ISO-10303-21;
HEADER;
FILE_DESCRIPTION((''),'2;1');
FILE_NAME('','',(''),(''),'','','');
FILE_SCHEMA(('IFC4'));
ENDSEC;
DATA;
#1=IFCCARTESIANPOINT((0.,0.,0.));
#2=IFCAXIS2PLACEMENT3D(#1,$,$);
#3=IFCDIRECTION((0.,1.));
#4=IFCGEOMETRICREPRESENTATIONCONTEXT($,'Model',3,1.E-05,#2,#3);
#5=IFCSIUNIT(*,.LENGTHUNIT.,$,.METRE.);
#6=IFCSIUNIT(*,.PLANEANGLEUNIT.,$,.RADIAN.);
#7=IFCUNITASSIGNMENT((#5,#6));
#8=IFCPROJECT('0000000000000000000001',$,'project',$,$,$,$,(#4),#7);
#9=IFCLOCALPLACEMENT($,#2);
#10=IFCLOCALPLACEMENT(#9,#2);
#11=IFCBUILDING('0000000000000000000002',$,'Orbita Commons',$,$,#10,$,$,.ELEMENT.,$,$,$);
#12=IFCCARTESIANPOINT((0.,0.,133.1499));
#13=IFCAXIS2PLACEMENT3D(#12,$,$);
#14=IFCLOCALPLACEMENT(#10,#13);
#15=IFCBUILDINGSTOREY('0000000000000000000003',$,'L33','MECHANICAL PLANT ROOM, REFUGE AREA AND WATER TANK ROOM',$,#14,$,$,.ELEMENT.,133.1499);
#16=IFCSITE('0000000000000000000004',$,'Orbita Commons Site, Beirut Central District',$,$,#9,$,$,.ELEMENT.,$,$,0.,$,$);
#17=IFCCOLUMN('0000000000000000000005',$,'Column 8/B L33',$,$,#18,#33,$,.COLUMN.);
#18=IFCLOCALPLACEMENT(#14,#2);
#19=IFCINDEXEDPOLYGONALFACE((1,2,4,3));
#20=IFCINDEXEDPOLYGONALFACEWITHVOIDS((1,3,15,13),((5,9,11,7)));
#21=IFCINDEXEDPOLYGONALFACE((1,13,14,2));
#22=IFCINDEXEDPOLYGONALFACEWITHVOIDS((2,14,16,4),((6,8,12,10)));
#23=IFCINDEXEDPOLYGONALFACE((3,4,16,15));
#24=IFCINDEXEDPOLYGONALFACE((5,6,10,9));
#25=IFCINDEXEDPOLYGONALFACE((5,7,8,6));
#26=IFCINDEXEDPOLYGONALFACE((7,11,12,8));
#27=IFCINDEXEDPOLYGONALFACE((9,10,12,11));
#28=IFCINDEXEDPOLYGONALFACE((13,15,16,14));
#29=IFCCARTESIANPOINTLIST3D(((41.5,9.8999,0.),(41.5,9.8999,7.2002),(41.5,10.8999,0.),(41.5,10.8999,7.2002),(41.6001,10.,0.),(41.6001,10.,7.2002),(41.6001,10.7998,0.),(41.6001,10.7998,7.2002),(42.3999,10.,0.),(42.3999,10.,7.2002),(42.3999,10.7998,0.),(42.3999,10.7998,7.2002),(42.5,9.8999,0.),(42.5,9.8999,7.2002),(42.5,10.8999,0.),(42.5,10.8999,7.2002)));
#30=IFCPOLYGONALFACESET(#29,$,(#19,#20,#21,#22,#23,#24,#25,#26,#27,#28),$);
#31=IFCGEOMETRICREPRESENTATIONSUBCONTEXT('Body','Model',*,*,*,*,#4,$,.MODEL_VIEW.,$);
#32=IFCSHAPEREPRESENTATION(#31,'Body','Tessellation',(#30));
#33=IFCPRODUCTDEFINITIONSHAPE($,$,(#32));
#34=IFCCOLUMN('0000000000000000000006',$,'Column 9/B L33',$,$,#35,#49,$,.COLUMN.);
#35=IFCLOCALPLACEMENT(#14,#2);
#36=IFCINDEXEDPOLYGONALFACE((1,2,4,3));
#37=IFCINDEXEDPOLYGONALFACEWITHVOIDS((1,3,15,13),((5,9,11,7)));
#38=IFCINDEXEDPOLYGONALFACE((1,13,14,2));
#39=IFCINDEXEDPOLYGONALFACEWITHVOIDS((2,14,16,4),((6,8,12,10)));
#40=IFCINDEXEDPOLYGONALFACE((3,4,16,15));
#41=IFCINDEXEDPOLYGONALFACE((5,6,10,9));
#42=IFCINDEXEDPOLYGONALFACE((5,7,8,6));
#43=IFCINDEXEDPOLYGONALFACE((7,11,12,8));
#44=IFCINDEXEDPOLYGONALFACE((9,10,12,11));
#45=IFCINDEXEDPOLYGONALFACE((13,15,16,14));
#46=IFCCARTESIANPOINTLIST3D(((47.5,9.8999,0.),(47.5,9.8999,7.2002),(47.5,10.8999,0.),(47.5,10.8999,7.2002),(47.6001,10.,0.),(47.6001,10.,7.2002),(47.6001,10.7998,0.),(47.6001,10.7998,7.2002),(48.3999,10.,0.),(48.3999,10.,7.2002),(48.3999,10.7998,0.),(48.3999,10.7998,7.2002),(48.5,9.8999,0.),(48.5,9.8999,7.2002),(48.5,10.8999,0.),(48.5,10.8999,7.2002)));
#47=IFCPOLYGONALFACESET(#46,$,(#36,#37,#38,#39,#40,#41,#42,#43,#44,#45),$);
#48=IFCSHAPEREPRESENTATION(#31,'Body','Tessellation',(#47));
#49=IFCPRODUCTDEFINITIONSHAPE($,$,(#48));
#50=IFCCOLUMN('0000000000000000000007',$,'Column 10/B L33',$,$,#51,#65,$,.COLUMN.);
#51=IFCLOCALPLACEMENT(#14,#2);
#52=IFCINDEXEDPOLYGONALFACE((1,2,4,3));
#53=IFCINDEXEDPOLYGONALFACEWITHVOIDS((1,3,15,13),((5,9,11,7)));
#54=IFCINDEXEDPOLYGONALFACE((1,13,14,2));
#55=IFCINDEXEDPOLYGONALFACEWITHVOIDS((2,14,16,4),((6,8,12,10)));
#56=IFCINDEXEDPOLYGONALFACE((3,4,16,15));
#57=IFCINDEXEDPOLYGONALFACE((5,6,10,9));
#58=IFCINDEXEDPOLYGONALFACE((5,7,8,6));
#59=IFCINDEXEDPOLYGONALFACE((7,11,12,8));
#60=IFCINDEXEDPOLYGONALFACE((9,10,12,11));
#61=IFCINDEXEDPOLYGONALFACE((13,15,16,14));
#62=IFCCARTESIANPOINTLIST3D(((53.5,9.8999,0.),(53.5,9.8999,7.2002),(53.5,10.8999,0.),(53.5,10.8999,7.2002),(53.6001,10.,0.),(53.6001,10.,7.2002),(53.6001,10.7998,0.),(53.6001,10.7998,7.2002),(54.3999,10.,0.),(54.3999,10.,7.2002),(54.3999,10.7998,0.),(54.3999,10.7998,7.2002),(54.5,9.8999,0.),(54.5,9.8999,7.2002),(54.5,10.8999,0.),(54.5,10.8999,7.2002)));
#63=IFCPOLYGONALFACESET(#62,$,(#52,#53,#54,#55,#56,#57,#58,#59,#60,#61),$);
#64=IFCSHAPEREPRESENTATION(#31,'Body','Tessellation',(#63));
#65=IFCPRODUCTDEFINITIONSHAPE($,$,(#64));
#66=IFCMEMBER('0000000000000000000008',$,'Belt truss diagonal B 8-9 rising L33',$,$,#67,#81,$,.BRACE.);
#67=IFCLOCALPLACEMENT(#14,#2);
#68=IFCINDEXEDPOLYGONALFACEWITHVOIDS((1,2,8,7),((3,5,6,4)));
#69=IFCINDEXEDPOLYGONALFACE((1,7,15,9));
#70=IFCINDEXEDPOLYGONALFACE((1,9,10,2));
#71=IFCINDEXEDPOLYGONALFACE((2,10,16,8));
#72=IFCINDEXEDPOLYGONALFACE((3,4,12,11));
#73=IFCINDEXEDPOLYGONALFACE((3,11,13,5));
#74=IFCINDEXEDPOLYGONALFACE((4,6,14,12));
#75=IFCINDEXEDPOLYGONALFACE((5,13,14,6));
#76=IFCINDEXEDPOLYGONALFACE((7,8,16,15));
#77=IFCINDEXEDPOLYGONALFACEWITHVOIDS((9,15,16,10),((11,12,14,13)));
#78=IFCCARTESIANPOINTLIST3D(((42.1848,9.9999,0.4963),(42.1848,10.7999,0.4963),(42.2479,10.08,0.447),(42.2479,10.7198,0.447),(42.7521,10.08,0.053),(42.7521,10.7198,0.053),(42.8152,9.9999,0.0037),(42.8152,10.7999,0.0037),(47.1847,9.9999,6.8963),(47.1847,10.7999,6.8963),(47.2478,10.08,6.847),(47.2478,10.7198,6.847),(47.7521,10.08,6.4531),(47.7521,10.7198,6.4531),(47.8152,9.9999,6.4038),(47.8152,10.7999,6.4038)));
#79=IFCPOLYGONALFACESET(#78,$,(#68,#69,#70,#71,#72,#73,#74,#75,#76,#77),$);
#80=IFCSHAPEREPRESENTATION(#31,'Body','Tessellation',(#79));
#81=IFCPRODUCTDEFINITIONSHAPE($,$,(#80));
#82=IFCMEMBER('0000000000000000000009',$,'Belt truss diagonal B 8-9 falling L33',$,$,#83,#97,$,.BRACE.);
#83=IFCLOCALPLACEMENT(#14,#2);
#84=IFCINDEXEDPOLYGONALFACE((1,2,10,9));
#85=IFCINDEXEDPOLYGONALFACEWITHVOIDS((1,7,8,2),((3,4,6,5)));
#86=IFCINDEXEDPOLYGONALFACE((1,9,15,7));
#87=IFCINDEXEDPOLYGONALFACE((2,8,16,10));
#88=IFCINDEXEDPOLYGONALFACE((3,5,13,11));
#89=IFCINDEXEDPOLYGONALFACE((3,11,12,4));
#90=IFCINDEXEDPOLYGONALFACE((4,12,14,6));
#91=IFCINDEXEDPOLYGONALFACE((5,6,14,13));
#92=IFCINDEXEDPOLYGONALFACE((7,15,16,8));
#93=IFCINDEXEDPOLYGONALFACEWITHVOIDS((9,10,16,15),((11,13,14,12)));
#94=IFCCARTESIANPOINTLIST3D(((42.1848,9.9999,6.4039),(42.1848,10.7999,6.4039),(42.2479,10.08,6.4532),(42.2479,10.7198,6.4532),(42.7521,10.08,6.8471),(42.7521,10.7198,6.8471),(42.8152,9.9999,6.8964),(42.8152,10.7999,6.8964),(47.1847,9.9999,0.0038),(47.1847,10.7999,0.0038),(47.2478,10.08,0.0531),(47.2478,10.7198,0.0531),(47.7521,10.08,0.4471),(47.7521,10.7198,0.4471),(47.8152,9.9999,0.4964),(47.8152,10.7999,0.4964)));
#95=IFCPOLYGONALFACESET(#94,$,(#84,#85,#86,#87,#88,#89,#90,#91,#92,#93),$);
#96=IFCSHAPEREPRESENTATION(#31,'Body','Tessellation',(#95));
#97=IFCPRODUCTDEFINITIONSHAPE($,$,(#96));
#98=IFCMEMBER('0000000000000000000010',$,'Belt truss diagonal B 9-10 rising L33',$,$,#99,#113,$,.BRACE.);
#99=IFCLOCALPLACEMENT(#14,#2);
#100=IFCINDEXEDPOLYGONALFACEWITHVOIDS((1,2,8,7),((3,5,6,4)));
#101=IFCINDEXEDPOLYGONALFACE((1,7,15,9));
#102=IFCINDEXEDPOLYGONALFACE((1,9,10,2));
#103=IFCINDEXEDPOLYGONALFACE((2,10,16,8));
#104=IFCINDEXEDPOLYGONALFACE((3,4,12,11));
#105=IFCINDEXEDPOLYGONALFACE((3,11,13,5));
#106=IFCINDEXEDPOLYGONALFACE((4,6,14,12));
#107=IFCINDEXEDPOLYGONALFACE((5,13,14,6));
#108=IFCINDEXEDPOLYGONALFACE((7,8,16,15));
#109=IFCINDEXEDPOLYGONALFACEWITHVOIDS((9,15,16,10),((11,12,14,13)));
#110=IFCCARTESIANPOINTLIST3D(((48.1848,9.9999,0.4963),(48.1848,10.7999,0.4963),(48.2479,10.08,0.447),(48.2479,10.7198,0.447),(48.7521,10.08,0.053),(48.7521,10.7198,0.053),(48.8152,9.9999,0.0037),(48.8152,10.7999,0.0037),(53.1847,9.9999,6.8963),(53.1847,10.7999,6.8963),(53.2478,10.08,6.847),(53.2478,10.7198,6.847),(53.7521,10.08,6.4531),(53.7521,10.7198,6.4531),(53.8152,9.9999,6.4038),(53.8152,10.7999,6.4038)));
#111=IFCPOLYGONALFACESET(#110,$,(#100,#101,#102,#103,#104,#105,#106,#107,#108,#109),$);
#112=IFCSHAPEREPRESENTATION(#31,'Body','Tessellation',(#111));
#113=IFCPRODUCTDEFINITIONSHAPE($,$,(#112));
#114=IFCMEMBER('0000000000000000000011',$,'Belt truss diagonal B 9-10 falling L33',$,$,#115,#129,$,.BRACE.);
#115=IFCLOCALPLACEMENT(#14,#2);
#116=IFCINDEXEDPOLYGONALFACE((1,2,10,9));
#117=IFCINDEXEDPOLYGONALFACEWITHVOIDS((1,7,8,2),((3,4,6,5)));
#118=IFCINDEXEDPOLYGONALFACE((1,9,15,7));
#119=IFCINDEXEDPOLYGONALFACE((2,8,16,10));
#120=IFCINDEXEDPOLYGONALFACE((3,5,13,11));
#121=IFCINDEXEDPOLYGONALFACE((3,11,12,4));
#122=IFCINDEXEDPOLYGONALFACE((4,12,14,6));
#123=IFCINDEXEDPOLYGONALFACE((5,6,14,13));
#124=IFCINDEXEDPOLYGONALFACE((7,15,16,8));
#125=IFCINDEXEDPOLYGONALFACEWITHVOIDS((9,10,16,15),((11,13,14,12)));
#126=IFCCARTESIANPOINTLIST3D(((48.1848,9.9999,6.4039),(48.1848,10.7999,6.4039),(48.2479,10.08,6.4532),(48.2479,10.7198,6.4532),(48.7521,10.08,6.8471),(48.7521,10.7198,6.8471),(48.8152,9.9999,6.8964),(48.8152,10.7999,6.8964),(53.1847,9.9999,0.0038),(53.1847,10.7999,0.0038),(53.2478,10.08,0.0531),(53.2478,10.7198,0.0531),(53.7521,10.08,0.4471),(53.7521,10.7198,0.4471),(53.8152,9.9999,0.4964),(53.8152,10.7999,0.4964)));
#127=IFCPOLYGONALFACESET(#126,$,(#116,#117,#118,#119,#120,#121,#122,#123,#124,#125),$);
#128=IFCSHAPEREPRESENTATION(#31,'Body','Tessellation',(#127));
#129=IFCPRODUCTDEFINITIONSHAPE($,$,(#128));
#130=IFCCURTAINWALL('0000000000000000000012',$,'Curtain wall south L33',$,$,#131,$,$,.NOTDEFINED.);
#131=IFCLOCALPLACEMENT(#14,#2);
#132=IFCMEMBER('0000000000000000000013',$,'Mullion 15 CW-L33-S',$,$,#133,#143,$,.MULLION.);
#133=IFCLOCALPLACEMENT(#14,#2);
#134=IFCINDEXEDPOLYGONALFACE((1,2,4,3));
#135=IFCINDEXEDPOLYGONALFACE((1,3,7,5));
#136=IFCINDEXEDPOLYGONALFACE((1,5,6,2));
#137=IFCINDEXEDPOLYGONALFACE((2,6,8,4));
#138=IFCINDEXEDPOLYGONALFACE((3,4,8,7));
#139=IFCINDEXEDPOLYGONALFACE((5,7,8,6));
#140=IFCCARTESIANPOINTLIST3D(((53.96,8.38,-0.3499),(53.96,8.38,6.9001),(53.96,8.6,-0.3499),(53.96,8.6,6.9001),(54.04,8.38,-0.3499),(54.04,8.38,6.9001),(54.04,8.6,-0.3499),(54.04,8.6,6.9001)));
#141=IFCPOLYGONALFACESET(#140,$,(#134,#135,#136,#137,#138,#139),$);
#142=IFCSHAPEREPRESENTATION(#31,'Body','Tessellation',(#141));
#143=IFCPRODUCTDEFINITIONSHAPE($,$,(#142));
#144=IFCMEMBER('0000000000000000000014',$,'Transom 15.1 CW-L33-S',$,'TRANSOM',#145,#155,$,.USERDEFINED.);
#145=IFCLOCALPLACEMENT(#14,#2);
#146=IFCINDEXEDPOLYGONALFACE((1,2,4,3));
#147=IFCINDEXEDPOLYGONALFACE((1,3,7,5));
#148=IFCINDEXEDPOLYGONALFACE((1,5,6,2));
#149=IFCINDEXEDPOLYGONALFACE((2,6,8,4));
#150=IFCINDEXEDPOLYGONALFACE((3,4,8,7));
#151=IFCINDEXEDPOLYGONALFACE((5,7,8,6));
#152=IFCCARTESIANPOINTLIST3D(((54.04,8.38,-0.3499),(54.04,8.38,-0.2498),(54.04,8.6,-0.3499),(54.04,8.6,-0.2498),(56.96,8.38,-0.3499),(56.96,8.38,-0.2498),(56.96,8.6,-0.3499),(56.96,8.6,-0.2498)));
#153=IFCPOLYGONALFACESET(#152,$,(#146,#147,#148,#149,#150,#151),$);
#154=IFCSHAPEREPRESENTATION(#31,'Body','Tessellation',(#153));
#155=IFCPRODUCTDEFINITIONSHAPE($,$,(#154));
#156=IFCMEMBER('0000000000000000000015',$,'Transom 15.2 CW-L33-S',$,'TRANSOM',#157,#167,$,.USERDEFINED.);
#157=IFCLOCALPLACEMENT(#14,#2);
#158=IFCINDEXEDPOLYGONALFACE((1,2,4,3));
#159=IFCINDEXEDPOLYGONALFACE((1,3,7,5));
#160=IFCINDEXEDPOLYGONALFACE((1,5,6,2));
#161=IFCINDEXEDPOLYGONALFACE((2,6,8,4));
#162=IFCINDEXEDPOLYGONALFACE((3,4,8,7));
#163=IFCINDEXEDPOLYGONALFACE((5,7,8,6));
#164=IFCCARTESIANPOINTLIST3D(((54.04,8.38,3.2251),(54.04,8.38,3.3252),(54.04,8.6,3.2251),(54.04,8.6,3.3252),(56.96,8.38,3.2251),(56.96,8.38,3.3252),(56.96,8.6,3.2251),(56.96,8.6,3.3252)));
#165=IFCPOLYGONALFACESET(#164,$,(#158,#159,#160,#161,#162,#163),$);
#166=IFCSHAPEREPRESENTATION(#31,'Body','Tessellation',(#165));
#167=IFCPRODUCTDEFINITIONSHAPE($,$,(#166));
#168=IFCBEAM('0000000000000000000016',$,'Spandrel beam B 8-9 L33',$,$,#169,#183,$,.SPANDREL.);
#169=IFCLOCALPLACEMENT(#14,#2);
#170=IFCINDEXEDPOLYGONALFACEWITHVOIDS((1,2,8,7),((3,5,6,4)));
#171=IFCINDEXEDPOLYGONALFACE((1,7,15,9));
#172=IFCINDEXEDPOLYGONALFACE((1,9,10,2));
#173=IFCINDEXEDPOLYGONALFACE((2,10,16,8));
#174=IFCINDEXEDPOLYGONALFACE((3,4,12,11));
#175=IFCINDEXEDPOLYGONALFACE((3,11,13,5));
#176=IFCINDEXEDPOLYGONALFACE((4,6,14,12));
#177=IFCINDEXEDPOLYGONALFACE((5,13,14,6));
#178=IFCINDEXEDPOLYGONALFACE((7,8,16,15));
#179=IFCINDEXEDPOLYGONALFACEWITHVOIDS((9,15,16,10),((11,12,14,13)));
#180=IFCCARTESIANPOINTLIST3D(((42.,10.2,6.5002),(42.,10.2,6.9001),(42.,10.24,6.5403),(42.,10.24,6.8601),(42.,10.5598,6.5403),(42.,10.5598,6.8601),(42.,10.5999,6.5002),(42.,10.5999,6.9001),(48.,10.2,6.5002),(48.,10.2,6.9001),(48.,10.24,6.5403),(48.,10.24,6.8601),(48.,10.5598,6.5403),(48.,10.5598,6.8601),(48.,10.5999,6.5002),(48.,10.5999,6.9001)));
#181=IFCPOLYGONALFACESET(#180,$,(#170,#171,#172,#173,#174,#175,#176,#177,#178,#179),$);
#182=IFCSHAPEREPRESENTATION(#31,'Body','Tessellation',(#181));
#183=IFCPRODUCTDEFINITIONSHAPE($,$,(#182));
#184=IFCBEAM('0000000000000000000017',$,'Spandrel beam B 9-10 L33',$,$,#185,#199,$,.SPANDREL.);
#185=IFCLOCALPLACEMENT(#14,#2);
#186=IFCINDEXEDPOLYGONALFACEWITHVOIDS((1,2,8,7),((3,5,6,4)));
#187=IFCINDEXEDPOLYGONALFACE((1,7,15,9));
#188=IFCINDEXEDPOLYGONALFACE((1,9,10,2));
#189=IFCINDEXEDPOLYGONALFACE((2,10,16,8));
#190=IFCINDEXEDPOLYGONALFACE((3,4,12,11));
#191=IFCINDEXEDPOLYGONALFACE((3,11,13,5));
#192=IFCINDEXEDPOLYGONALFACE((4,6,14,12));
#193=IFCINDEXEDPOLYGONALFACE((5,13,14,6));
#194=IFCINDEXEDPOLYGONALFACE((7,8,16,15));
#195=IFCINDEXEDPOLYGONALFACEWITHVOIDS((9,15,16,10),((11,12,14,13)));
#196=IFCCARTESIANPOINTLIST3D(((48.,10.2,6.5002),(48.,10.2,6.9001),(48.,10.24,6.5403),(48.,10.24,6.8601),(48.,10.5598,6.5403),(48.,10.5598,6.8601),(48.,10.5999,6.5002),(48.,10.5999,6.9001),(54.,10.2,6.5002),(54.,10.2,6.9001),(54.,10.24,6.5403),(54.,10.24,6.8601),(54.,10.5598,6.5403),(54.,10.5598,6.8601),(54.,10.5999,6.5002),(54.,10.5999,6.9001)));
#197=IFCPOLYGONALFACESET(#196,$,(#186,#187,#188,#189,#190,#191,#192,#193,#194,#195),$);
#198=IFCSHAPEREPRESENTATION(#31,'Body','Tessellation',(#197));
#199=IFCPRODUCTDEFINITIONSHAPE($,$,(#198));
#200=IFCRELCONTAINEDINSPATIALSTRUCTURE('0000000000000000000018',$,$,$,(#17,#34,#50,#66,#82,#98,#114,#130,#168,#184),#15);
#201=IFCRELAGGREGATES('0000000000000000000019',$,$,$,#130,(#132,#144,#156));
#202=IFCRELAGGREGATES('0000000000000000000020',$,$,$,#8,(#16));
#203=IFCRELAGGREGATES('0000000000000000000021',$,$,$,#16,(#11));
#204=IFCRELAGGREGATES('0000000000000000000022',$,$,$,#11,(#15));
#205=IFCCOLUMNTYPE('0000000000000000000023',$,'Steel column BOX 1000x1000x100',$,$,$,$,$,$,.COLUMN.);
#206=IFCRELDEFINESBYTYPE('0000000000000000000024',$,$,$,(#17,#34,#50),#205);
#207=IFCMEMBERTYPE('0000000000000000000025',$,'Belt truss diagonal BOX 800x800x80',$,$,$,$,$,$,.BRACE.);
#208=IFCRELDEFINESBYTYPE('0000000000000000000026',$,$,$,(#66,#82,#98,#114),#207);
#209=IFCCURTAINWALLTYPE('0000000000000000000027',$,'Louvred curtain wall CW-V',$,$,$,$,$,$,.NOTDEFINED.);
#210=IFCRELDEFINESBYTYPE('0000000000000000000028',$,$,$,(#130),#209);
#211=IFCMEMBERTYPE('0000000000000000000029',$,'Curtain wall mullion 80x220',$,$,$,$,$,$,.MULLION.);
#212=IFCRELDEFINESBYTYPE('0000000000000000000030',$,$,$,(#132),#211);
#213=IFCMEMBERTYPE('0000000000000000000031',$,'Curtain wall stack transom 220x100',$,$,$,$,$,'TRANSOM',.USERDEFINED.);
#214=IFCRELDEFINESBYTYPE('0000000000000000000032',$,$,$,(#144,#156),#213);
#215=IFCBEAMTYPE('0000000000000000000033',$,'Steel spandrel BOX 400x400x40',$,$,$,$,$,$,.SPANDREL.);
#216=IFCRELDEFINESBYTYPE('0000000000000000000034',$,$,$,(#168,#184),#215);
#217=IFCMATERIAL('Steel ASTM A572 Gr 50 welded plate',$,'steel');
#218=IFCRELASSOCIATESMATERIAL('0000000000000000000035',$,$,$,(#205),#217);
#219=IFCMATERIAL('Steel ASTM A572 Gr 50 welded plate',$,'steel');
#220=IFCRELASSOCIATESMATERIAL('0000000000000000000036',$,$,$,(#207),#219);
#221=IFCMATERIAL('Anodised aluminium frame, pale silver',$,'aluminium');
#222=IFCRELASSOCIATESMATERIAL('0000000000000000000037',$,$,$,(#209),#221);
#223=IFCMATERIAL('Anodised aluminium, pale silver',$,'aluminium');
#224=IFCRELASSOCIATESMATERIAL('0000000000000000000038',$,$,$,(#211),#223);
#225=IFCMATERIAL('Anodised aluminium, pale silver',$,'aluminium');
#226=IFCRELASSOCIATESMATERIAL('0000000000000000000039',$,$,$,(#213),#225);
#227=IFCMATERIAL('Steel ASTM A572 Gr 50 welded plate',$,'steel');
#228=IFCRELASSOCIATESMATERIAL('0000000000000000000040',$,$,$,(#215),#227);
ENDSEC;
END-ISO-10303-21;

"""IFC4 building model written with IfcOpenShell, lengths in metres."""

from ifc_helpers import new_model, si_unit, direction, frame, origin, origin_2d, place, context, subcontext, project, spatial, rectangle, hollow_rectangle, extrude, material, material_profile, profile_set, type_object, element, aggregate, save


model = new_model("IFC4")

# Units and contexts
model_context = context("Model", 3, precision=1e-05, world=origin(), true_north=direction((0.0, 1.0)))
body_context = subcontext(model_context, "Body", "Model", "MODEL_VIEW")
ifc_project = project(units=[si_unit("LENGTHUNIT", "METRE"), si_unit("PLANEANGLEUNIT", "RADIAN")], contexts=[model_context])

# Site, building, storey
site_placement = place(None, origin())
site = spatial("IfcSite", under=ifc_project, at=site_placement, Name="Orbita Commons Site, Beirut Central District", CompositionType="ELEMENT", RefElevation=0.0)
building_placement = place(site_placement, origin())
building = spatial("IfcBuilding", under=site, at=building_placement, Name="Orbita Commons", CompositionType="ELEMENT")
storey_placement = place(building_placement, frame((0.0, 0.0, 133.1499)))
storey = spatial("IfcBuildingStorey", under=building, at=storey_placement, Name="L33", Description="MECHANICAL PLANT ROOM, REFUGE AREA AND WATER TANK ROOM", CompositionType="ELEMENT", Elevation=133.1499)

# Columns
ifc_material_1 = material(Name="Steel ASTM A572 Gr 50 welded plate", Category="steel")
ifc_material_profile_1 = material_profile(ifc_material_1, hollow_rectangle(XDim=1.0, YDim=1.0, WallThickness=0.1001, at=origin_2d()), Name="BOX 1000x1000x100")
ifc_profile_set_1 = profile_set([ifc_material_profile_1], Name="Steel ASTM A572 Gr 50 welded plate")
column_type = type_object("IfcColumnType", Name="Steel column BOX 1000x1000x100", PredefinedType="COLUMN", material=ifc_profile_set_1)
for number, where, z_axis, x_axis, name in (
    (1, (42.0, 10.3999, 0.0), (0.0, 0.0, 1.0), (1.0, 0.0, 0.0), "Column 8/B L33"),
    (2, (48.0, 10.3999, 0.0), (0.0, 0.0, 1.0), (1.0, 0.0, 0.0), "Column 9/B L33"),
    (3, (54.0, 10.3999, 0.0), (0.0, 0.0, 1.0), (1.0, 0.0, 0.0), "Column 10/B L33"),
):
    element("IfcColumn", number, at=place(storey_placement, frame(where, z_axis=z_axis, x_axis=x_axis)), inside=storey, type_object=column_type, Name=name, PredefinedType="COLUMN", context=body_context, shape_type="SweptSolid", body=[
        extrude(hollow_rectangle(XDim=1.0, YDim=1.0, WallThickness=0.1001, at=origin_2d()), origin(), (0.0, 0.0, 1.0), 7.2002),
    ])

# Members
ifc_material_2 = material(Name="Steel ASTM A572 Gr 50 welded plate", Category="steel")
ifc_material_profile_2 = material_profile(ifc_material_2, hollow_rectangle(XDim=0.8, YDim=0.8, WallThickness=0.0801, at=origin_2d()), Name="BOX 800x800x80")
ifc_profile_set_2 = profile_set([ifc_material_profile_2], Name="Steel ASTM A572 Gr 50 welded plate")
member_type_1 = type_object("IfcMemberType", Name="Belt truss diagonal BOX 800x800x80", PredefinedType="BRACE", material=ifc_profile_set_2)
for number, where, z_axis, x_axis, name in (
    (4, (42.5, 10.3999, 0.25), (0.615635, 0.0, 0.788031), (0.0, 1.0, 0.0), "Belt truss diagonal B 8-9 rising L33"),
    (5, (42.5, 10.3999, 6.6501), (0.615635, 0.0, -0.788031), (0.0, 1.0, 0.0), "Belt truss diagonal B 8-9 falling L33"),
    (6, (48.5, 10.3999, 0.25), (0.615635, 0.0, 0.788031), (0.0, 1.0, 0.0), "Belt truss diagonal B 9-10 rising L33"),
    (7, (48.5, 10.3999, 6.6501), (0.615635, 0.0, -0.788031), (0.0, 1.0, 0.0), "Belt truss diagonal B 9-10 falling L33"),
):
    element("IfcMember", number, at=place(storey_placement, frame(where, z_axis=z_axis, x_axis=x_axis)), inside=storey, type_object=member_type_1, Name=name, PredefinedType="BRACE", context=body_context, shape_type="SweptSolid", body=[
        extrude(hollow_rectangle(XDim=0.8, YDim=0.8, WallThickness=0.0801, at=origin_2d()), origin(), (0.0, 0.0, 1.0), 8.1216),
    ])

# Curtain wall, members
ifc_material_3 = material(Name="Anodised aluminium frame, pale silver", Category="aluminium")
curtain_wall_type = type_object("IfcCurtainWallType", Name="Louvred curtain wall CW-V", PredefinedType="NOTDEFINED", material=ifc_material_3)
curtain_wall_placement = place(storey_placement, origin())
curtain_wall = element("IfcCurtainWall", 8, at=curtain_wall_placement, inside=storey, type_object=curtain_wall_type, Name="Curtain wall south L33", PredefinedType="NOTDEFINED")
ifc_material_4 = material(Name="Anodised aluminium, pale silver", Category="aluminium")
ifc_material_profile_3 = material_profile(ifc_material_4, rectangle(XDim=0.0801, YDim=0.22, at=origin_2d()), Name="AL 80x220")
ifc_profile_set_3 = profile_set([ifc_material_profile_3], Name="Anodised aluminium, pale silver")
member_type_2 = type_object("IfcMemberType", Name="Curtain wall mullion 80x220", PredefinedType="MULLION", material=ifc_profile_set_3)
member_1_placement = place(storey_placement, frame((54.0, 8.49, -0.3499), z_axis=(0.0, 0.0, 1.0), x_axis=(1.0, 0.0, 0.0)))
member_1 = element("IfcMember", 9, at=member_1_placement, type_object=member_type_2, Name="Mullion 15 CW-L33-S", PredefinedType="MULLION", context=body_context, shape_type="SweptSolid", body=[
    extrude(rectangle(XDim=0.0801, YDim=0.22, at=origin_2d()), origin(), (0.0, 0.0, 1.0), 7.25),
])
ifc_material_5 = material(Name="Anodised aluminium, pale silver", Category="aluminium")
ifc_material_profile_4 = material_profile(ifc_material_5, rectangle(XDim=0.22, YDim=0.1001, at=origin_2d()), Name="AL 220x100")
ifc_profile_set_4 = profile_set([ifc_material_profile_4], Name="Anodised aluminium, pale silver")
member_type_3 = type_object("IfcMemberType", Name="Curtain wall stack transom 220x100", ElementType="TRANSOM", PredefinedType="USERDEFINED", material=ifc_profile_set_4)
member_2_placement = place(storey_placement, frame((54.04, 8.49, -0.2998), z_axis=(1.0, 0.0, 0.0), x_axis=(0.0, 1.0, 0.0)))
member_2 = element("IfcMember", 10, at=member_2_placement, type_object=member_type_3, Name="Transom 15.1 CW-L33-S", ObjectType="TRANSOM", PredefinedType="USERDEFINED", context=body_context, shape_type="SweptSolid", body=[
    extrude(rectangle(XDim=0.22, YDim=0.1001, at=origin_2d()), origin(), (0.0, 0.0, 1.0), 2.9199),
])
member_3_placement = place(storey_placement, frame((54.04, 8.49, 3.2751), z_axis=(1.0, 0.0, 0.0), x_axis=(0.0, 1.0, 0.0)))
member_3 = element("IfcMember", 11, at=member_3_placement, type_object=member_type_3, Name="Transom 15.2 CW-L33-S", ObjectType="TRANSOM", PredefinedType="USERDEFINED", context=body_context, shape_type="SweptSolid", body=[
    extrude(rectangle(XDim=0.22, YDim=0.1001, at=origin_2d()), origin(), (0.0, 0.0, 1.0), 2.9199),
])

# Beams
ifc_material_6 = material(Name="Steel ASTM A572 Gr 50 welded plate", Category="steel")
ifc_material_profile_5 = material_profile(ifc_material_6, hollow_rectangle(XDim=0.3999, YDim=0.3999, WallThickness=0.04, at=origin_2d()), Name="BOX 400x400x40")
ifc_profile_set_5 = profile_set([ifc_material_profile_5], Name="Steel ASTM A572 Gr 50 welded plate")
beam_type = type_object("IfcBeamType", Name="Steel spandrel BOX 400x400x40", PredefinedType="SPANDREL", material=ifc_profile_set_5)
for number, where, z_axis, x_axis, name in (
    (12, (42.0, 10.3999, 6.7002), (1.0, 0.0, 0.0), (0.0, 1.0, 0.0), "Spandrel beam B 8-9 L33"),
    (13, (48.0, 10.3999, 6.7002), (1.0, 0.0, 0.0), (0.0, 1.0, 0.0), "Spandrel beam B 9-10 L33"),
):
    element("IfcBeam", number, at=place(storey_placement, frame(where, z_axis=z_axis, x_axis=x_axis)), inside=storey, type_object=beam_type, Name=name, PredefinedType="SPANDREL", context=body_context, shape_type="SweptSolid", body=[
        extrude(hollow_rectangle(XDim=0.3999, YDim=0.3999, WallThickness=0.04, at=origin_2d()), origin(), (0.0, 0.0, 1.0), 6.0),
    ])

aggregate(curtain_wall, [member_1, member_2, member_3])

save(model, "model.ifc")
